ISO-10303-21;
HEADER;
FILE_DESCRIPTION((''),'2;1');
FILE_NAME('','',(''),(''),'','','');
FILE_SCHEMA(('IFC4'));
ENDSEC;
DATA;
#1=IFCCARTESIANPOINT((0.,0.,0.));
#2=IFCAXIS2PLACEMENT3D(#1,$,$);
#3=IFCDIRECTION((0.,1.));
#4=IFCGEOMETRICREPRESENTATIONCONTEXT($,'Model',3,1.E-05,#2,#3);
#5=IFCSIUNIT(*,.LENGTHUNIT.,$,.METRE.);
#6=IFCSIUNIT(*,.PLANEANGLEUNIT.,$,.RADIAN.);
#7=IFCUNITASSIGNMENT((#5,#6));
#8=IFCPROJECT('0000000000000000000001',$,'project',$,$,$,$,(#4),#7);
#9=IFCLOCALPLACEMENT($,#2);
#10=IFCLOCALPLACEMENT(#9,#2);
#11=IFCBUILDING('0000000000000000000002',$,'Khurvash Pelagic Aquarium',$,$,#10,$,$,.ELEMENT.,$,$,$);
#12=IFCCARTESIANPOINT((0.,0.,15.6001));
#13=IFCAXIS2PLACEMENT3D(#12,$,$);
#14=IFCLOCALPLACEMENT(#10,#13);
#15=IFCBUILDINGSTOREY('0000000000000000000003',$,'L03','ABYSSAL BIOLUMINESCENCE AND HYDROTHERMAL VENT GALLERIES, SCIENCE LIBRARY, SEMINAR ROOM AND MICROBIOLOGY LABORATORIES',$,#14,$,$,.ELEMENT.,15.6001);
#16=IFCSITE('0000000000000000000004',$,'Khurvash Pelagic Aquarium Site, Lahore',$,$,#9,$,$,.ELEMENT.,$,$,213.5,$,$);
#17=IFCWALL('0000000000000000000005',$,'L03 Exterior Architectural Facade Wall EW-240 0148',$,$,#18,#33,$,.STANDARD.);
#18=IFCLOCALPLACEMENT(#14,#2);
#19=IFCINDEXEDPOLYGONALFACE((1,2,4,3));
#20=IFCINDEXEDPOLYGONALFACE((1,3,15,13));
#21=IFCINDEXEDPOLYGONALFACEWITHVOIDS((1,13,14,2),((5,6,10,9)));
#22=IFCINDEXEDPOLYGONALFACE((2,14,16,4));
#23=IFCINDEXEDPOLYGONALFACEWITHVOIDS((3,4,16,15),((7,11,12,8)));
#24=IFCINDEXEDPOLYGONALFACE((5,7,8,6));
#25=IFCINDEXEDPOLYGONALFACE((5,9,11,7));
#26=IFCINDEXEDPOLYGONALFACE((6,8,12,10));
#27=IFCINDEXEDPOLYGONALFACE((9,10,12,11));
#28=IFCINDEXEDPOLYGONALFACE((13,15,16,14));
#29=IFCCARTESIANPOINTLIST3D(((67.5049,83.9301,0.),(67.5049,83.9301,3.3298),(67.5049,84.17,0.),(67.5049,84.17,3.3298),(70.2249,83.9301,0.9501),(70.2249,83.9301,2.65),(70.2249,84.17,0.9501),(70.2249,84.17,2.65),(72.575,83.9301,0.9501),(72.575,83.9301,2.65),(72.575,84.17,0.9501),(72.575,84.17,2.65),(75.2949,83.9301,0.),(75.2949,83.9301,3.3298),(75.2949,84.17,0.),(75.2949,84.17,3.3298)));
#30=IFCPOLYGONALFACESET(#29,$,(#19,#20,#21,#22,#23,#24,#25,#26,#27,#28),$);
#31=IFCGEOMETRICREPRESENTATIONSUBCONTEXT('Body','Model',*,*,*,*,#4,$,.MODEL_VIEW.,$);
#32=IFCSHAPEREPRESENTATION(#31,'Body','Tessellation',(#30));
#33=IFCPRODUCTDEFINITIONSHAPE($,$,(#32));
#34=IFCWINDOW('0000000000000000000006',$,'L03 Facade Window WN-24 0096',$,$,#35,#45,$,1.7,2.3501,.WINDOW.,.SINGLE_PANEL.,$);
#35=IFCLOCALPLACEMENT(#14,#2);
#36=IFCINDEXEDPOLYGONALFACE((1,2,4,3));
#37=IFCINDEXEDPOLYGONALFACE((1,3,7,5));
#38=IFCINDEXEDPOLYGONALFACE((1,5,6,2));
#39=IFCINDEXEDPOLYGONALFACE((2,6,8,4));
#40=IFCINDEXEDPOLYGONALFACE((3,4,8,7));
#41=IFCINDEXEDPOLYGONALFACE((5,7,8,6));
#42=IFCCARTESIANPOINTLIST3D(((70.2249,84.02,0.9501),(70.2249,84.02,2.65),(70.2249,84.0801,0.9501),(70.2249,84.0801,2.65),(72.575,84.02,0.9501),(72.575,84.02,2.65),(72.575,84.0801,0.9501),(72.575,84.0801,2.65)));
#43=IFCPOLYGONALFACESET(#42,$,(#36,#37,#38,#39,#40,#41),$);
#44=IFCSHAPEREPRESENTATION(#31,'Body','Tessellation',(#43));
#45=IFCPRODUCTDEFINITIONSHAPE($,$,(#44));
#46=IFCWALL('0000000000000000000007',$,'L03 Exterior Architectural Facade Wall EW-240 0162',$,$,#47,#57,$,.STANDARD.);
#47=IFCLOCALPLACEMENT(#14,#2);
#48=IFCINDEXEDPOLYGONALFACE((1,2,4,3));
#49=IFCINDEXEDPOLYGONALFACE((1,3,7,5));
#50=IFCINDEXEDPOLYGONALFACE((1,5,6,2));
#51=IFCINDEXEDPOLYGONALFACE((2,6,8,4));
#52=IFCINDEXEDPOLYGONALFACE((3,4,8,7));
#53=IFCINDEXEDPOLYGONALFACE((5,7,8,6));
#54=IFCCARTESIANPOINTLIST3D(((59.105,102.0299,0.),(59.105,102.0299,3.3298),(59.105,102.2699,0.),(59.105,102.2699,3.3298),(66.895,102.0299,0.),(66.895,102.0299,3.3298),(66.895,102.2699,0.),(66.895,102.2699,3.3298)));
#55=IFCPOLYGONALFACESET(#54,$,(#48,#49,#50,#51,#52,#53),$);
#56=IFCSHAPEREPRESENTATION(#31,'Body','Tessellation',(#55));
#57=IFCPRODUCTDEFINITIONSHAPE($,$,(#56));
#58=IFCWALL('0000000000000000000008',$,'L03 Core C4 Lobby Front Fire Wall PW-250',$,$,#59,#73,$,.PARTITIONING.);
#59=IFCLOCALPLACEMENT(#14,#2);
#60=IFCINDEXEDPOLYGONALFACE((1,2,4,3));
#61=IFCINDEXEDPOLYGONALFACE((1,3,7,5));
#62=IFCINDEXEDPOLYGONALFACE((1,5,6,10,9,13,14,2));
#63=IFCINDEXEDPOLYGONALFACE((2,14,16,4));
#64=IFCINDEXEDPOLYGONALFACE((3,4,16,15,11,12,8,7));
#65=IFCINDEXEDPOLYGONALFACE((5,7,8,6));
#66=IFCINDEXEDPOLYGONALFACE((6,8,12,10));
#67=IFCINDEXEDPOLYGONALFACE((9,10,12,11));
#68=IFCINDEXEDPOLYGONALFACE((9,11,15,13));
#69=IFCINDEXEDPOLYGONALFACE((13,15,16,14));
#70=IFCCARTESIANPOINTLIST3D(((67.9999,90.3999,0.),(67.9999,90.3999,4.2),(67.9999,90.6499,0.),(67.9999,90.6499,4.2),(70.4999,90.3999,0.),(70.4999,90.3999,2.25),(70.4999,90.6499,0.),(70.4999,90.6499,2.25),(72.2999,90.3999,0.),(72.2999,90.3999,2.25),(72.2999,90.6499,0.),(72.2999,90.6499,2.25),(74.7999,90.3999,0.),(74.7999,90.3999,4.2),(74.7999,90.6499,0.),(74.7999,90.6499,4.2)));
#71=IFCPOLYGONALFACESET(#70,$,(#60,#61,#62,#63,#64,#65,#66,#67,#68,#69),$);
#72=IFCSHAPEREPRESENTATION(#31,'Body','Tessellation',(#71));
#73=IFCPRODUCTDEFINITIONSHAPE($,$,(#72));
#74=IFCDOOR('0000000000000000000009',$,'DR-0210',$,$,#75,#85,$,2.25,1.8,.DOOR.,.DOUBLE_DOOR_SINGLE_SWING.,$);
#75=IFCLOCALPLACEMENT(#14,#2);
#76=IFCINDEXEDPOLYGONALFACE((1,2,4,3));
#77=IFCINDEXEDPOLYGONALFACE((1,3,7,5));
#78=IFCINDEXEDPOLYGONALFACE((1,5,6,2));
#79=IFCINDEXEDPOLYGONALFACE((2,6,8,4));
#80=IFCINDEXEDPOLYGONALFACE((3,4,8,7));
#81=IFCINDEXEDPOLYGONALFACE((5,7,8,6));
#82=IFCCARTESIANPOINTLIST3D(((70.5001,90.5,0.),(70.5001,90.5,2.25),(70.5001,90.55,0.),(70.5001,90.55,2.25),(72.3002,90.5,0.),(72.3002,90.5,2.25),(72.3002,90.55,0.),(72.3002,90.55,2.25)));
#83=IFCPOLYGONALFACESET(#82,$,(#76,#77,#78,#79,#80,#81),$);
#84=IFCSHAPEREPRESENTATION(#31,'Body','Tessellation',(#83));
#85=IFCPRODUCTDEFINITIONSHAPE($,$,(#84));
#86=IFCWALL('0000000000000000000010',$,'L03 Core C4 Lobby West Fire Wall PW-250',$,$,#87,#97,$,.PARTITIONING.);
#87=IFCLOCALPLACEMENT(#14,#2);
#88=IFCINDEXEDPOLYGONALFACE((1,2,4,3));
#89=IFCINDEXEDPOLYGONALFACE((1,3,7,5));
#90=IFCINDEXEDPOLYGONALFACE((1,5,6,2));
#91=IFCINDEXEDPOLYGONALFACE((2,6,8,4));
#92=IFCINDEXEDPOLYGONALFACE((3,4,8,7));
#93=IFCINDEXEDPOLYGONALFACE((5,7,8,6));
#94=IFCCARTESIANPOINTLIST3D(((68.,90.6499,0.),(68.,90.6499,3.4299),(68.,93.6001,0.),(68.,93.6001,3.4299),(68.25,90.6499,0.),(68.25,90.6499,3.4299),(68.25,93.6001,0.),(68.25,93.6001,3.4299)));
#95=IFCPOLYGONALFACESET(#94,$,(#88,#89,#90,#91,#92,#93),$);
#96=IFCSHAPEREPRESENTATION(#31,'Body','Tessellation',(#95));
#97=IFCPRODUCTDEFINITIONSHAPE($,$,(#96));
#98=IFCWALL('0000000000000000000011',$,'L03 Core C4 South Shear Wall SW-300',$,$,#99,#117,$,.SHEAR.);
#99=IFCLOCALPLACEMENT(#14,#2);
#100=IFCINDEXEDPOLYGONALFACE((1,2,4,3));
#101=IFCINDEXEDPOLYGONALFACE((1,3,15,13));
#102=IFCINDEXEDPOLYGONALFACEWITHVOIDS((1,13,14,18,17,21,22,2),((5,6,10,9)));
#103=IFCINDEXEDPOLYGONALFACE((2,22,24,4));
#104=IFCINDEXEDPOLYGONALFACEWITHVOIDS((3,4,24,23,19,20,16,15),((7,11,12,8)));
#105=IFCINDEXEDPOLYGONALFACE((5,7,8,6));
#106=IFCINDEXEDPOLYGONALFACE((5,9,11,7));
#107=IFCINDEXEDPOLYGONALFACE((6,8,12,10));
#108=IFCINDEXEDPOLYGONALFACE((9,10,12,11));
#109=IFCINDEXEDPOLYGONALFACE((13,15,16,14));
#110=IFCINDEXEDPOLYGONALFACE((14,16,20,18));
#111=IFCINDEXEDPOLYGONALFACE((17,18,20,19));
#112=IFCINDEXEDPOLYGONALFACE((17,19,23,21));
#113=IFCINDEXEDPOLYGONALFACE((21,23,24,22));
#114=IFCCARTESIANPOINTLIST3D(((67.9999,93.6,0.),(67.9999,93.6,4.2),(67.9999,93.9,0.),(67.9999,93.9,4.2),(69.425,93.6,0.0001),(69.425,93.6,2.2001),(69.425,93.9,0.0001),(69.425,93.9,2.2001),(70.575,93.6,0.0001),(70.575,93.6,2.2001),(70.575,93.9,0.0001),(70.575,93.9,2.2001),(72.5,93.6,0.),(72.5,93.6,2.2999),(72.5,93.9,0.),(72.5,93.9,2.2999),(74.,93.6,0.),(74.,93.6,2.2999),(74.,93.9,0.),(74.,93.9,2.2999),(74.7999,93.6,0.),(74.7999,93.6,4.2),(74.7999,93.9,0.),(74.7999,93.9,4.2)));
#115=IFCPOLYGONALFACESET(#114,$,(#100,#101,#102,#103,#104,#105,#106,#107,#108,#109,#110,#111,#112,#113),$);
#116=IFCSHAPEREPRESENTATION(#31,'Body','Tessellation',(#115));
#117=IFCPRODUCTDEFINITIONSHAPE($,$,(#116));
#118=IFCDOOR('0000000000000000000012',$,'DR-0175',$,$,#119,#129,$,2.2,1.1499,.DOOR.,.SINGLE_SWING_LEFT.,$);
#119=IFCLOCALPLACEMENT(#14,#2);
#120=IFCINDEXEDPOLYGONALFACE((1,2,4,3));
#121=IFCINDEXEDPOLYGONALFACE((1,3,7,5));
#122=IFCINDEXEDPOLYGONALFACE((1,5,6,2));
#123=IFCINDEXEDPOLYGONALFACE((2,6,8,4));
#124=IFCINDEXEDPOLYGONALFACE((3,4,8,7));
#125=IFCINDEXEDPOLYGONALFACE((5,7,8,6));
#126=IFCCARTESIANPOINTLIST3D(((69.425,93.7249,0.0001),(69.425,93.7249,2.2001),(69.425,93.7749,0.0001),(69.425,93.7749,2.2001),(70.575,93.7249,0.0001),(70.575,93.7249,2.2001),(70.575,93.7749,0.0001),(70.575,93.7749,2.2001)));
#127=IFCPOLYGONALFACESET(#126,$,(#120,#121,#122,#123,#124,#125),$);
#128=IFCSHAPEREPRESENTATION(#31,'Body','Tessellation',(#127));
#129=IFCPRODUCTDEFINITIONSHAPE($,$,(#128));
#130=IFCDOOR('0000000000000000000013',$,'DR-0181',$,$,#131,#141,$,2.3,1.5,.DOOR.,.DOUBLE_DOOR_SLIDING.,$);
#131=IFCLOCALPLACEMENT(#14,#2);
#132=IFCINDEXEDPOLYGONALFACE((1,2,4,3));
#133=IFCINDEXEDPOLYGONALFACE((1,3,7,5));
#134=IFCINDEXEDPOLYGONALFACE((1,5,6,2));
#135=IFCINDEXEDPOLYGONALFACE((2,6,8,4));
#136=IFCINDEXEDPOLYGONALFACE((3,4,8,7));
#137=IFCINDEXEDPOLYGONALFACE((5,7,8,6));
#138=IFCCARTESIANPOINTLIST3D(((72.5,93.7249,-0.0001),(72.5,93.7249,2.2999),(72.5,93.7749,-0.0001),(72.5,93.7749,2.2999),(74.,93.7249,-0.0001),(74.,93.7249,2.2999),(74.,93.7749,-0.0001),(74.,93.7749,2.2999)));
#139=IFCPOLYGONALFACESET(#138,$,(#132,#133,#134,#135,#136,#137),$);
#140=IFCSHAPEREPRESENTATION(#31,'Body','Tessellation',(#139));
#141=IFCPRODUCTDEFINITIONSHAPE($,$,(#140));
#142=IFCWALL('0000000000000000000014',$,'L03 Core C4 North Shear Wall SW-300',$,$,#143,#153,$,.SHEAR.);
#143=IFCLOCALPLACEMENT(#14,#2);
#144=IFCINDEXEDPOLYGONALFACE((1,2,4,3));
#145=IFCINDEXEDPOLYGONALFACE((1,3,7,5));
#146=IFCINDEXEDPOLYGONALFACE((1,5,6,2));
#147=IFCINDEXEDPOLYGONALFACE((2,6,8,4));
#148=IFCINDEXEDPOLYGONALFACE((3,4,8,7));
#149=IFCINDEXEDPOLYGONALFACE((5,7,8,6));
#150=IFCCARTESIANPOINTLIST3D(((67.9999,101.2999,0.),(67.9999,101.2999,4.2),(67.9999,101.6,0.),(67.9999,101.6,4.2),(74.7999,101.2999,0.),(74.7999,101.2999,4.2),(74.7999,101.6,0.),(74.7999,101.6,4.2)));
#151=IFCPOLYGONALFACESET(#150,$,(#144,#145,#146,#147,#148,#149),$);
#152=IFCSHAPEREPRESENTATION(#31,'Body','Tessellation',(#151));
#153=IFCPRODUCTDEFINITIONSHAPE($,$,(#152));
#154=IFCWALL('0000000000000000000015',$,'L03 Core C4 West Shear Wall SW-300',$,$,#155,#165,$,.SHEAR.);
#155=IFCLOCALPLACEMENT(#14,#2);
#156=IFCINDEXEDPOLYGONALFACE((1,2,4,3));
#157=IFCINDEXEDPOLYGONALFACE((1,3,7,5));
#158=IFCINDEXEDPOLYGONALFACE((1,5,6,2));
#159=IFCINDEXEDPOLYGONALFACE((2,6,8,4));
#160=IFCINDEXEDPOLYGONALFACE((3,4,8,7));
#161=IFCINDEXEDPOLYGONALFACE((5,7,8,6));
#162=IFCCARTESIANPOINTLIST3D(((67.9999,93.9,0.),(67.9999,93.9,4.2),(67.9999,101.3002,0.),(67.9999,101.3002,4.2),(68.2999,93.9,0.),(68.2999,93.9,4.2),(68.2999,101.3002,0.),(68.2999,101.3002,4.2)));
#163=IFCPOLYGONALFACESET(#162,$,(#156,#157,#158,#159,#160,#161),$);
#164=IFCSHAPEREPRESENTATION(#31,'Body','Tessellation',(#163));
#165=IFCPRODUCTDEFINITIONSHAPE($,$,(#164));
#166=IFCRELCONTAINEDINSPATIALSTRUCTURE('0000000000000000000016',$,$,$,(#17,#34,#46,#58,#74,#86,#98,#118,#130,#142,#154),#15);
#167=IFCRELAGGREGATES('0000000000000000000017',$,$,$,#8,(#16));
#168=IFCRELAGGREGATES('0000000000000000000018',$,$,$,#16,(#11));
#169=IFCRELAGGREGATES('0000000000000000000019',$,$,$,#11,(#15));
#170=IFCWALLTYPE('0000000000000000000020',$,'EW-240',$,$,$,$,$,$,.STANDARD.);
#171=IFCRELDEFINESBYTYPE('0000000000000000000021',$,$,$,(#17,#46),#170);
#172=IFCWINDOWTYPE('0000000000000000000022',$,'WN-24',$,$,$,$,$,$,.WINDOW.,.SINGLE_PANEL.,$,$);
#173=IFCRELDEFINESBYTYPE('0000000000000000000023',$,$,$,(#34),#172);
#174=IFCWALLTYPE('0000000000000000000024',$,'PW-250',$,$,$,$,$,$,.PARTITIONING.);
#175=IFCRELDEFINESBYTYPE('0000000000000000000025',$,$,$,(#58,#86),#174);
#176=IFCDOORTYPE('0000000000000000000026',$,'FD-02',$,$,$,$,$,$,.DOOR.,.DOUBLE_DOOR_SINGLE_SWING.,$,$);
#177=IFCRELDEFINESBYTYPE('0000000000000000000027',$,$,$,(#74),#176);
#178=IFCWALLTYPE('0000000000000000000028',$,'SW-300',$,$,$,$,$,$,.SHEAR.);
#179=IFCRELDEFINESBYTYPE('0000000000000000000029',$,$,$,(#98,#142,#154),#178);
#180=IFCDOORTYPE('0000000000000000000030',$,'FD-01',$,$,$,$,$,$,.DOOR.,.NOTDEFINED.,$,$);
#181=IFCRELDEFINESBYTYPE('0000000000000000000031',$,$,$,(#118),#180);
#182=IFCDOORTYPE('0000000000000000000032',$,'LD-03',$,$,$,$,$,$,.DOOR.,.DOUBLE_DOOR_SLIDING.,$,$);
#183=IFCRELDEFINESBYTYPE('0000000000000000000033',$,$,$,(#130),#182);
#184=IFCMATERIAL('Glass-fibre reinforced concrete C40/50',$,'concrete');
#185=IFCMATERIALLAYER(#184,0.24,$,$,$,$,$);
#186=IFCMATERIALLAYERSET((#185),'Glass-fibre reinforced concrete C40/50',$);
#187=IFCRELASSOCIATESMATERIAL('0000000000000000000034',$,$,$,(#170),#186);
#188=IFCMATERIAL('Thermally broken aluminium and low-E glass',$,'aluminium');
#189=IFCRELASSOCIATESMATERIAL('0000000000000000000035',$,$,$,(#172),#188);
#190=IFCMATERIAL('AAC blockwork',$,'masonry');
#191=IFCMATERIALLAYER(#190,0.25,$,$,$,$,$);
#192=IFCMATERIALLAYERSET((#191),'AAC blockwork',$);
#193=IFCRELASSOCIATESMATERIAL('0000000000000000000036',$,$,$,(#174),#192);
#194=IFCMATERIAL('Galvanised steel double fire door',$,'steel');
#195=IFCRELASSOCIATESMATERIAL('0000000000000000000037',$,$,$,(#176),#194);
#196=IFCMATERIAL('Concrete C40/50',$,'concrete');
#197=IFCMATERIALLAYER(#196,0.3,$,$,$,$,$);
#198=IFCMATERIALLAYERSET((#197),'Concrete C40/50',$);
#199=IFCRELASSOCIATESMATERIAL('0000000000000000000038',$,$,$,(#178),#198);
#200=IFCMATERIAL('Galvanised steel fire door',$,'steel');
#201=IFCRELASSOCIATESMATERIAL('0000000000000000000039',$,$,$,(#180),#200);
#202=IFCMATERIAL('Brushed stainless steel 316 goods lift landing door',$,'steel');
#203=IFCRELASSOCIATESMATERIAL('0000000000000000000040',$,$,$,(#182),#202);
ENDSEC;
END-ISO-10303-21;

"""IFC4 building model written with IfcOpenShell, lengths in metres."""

from ifc_helpers import new_model, si_unit, direction, frame, frame_2d, origin, place, context, subcontext, project, spatial, rectangle, extrude, material, layer, layer_set, type_object, element, fill, save


model = new_model("IFC4")

# Units and contexts
model_context = context("Model", 3, precision=1e-05, world=origin(), true_north=direction((0.0, 1.0)))
body_context = subcontext(model_context, "Body", "Model", "MODEL_VIEW")
ifc_project = project(units=[si_unit("LENGTHUNIT", "METRE"), si_unit("PLANEANGLEUNIT", "RADIAN")], contexts=[model_context])

# Site, building, storey
site_placement = place(None, origin())
site = spatial("IfcSite", under=ifc_project, at=site_placement, Name="Khurvash Pelagic Aquarium Site, Lahore", CompositionType="ELEMENT", RefElevation=213.5)
building_placement = place(site_placement, origin())
building = spatial("IfcBuilding", under=site, at=building_placement, Name="Khurvash Pelagic Aquarium", CompositionType="ELEMENT")
storey_placement = place(building_placement, frame((0.0, 0.0, 15.6001)))
storey = spatial("IfcBuildingStorey", under=building, at=storey_placement, Name="L03", Description="ABYSSAL BIOLUMINESCENCE AND HYDROTHERMAL VENT GALLERIES, SCIENCE LIBRARY, SEMINAR ROOM AND MICROBIOLOGY LABORATORIES", CompositionType="ELEMENT", Elevation=15.6001)

# Shared definitions
ifc_material_1 = material(Name="Concrete C40/50", Category="concrete")

# Wall, opening, window
ifc_material_2 = material(Name="Glass-fibre reinforced concrete C40/50", Category="concrete")
ifc_layer_1 = layer(ifc_material_2, 0.24)
ifc_layer_set_1 = layer_set([ifc_layer_1], Name="Glass-fibre reinforced concrete C40/50")
wall_type_1 = type_object("IfcWallType", Name="EW-240", PredefinedType="STANDARD", material=ifc_layer_set_1)
wall_1_placement = place(storey_placement, frame((67.5049, 84.05, 0.0), z_axis=(0.0, 0.0, 1.0), x_axis=(1.0, 0.0, 0.0)))
wall_1 = element("IfcWall", 1, at=wall_1_placement, inside=storey, type_object=wall_type_1, Name="L03 Exterior Architectural Facade Wall EW-240 0148", PredefinedType="STANDARD", context=body_context, shape_type="SweptSolid", body=[
    extrude(rectangle(XDim=7.79, YDim=0.24, at=frame_2d((3.895, 0.0))), origin(), (0.0, 0.0, 1.0), 3.3298),
])
opening_1_placement = place(wall_1_placement, frame((2.72, 0.0, 0.95)))
opening_1 = element("IfcOpeningElement", 2, at=opening_1_placement, cuts=wall_1, PredefinedType="OPENING", context=body_context, shape_type="SweptSolid", body=[
    extrude(rectangle(XDim=2.3501, YDim=1.7, at=frame_2d((1.175, 0.8501))), frame((0.0, 0.1299, 0.0), z_axis=(0.0, -1.0, 0.0), x_axis=(1.0, 0.0, 0.0)), (0.0, 0.0, 1.0), 0.26),
])
ifc_material_3 = material(Name="Thermally broken aluminium and low-E glass", Category="aluminium")
window_type = type_object("IfcWindowType", Name="WN-24", PartitioningType="SINGLE_PANEL", PredefinedType="WINDOW", material=ifc_material_3)
window_placement = place(opening_1_placement, origin())
window = element("IfcWindow", 3, at=window_placement, inside=storey, type_object=window_type, Name="L03 Facade Window WN-24 0096", OverallHeight=1.7, OverallWidth=2.3501, PartitioningType="SINGLE_PANEL", PredefinedType="WINDOW", context=body_context, shape_type="SweptSolid", body=[
    extrude(rectangle(XDim=2.3501, YDim=1.7, at=frame_2d((1.175, 0.8501))), frame((0.0, 0.03, 0.0), z_axis=(0.0, -1.0, 0.0), x_axis=(1.0, 0.0, 0.0)), (0.0, 0.0, 1.0), 0.0601),
])
fill(opening_1, window)

# Wall
wall_2_placement = place(storey_placement, frame((66.895, 102.1499, 0.0), z_axis=(0.0, 0.0, 1.0), x_axis=(-1.0, 0.0, 0.0)))
element("IfcWall", 4, at=wall_2_placement, inside=storey, type_object=wall_type_1, Name="L03 Exterior Architectural Facade Wall EW-240 0162", PredefinedType="STANDARD", context=body_context, shape_type="SweptSolid", body=[
    extrude(rectangle(XDim=7.79, YDim=0.24, at=frame_2d((3.895, 0.0))), origin(), (0.0, 0.0, 1.0), 3.3298),
])

# Wall, opening, door
ifc_material_4 = material(Name="AAC blockwork", Category="masonry")
ifc_layer_2 = layer(ifc_material_4, 0.25)
ifc_layer_set_2 = layer_set([ifc_layer_2], Name="AAC blockwork")
wall_type_2 = type_object("IfcWallType", Name="PW-250", PredefinedType="PARTITIONING", material=ifc_layer_set_2)
wall_3_placement = place(storey_placement, frame((68.0, 90.5249, 0.0), z_axis=(0.0, 0.0, 1.0), x_axis=(1.0, 0.0, 0.0)))
wall_3 = element("IfcWall", 5, at=wall_3_placement, inside=storey, type_object=wall_type_2, Name="L03 Core C4 Lobby Front Fire Wall PW-250", PredefinedType="PARTITIONING", context=body_context, shape_type="SweptSolid", body=[
    extrude(rectangle(XDim=6.8, YDim=0.25, at=frame_2d((3.3999, 0.0))), origin(), (0.0, 0.0, 1.0), 4.2),
])
opening_2_placement = place(wall_3_placement, frame((2.5, 0.0, 0.0)))
opening_2 = element("IfcOpeningElement", 6, at=opening_2_placement, cuts=wall_3, PredefinedType="OPENING", context=body_context, shape_type="SweptSolid", body=[
    extrude(rectangle(XDim=1.8, YDim=2.25, at=frame_2d((0.8999, 1.125))), frame((0.0, 0.135, 0.0), z_axis=(0.0, -1.0, 0.0), x_axis=(1.0, 0.0, 0.0)), (0.0, 0.0, 1.0), 0.27),
])
ifc_material_5 = material(Name="Galvanised steel double fire door", Category="steel")
door_type_1 = type_object("IfcDoorType", Name="FD-02", OperationType="DOUBLE_DOOR_SINGLE_SWING", PredefinedType="DOOR", material=ifc_material_5)
door_1_placement = place(opening_2_placement, frame((1.8, 0.0, 0.0), z_axis=(0.0, 0.0, 1.0), x_axis=(-1.0, 0.0, 0.0)))
door_1 = element("IfcDoor", 7, at=door_1_placement, inside=storey, type_object=door_type_1, Name="DR-0210", OperationType="DOUBLE_DOOR_SINGLE_SWING", OverallHeight=2.25, OverallWidth=1.8, PredefinedType="DOOR", context=body_context, shape_type="SweptSolid", body=[
    extrude(rectangle(XDim=1.8, YDim=2.25, at=frame_2d((0.8999, 1.125))), frame((0.0, 0.0249, 0.0), z_axis=(0.0, -1.0, 0.0), x_axis=(1.0, 0.0, 0.0)), (0.0, 0.0, 1.0), 0.05),
])
fill(opening_2, door_1)

# Wall
wall_4_placement = place(storey_placement, frame((68.125, 90.6499, 0.0), z_axis=(0.0, 0.0, 1.0), x_axis=(0.0, 1.0, 0.0)))
element("IfcWall", 8, at=wall_4_placement, inside=storey, type_object=wall_type_2, Name="L03 Core C4 Lobby West Fire Wall PW-250", PredefinedType="PARTITIONING", context=body_context, shape_type="SweptSolid", body=[
    extrude(rectangle(XDim=2.9502, YDim=0.25, at=frame_2d((1.4751, 0.0))), origin(), (0.0, 0.0, 1.0), 3.4299),
])

# Wall, openings, doors
ifc_layer_3 = layer(ifc_material_1, 0.3)
ifc_layer_set_3 = layer_set([ifc_layer_3], Name="Concrete C40/50")
wall_type_3 = type_object("IfcWallType", Name="SW-300", PredefinedType="SHEAR", material=ifc_layer_set_3)
wall_5_placement = place(storey_placement, frame((68.0, 93.75, 0.0), z_axis=(0.0, 0.0, 1.0), x_axis=(1.0, 0.0, 0.0)))
wall_5 = element("IfcWall", 9, at=wall_5_placement, inside=storey, type_object=wall_type_3, Name="L03 Core C4 South Shear Wall SW-300", PredefinedType="SHEAR", context=body_context, shape_type="SweptSolid", body=[
    extrude(rectangle(XDim=6.8, YDim=0.3, at=frame_2d((3.3999, 0.0))), origin(), (0.0, 0.0, 1.0), 4.2),
])
opening_3_placement = place(wall_5_placement, frame((1.425, 0.0, 0.0)))
opening_3 = element("IfcOpeningElement", 10, at=opening_3_placement, cuts=wall_5, PredefinedType="OPENING", context=body_context, shape_type="SweptSolid", body=[
    extrude(rectangle(XDim=1.1499, YDim=2.2, at=frame_2d((0.575, 1.1001))), frame((0.0, 0.1602, 0.0), z_axis=(0.0, -1.0, 0.0), x_axis=(1.0, 0.0, 0.0)), (0.0, 0.0, 1.0), 0.3201),
])
opening_4_placement = place(wall_5_placement, frame((4.5, 0.0, 0.0)))
opening_4 = element("IfcOpeningElement", 11, at=opening_4_placement, cuts=wall_5, PredefinedType="OPENING", context=body_context, shape_type="SweptSolid", body=[
    extrude(rectangle(XDim=1.5, YDim=2.3, at=frame_2d((0.75, 1.1499))), frame((0.0, 0.1602, 0.0), z_axis=(0.0, -1.0, 0.0), x_axis=(1.0, 0.0, 0.0)), (0.0, 0.0, 1.0), 0.3201),
])
ifc_material_6 = material(Name="Galvanised steel fire door", Category="steel")
door_type_2 = type_object("IfcDoorType", Name="FD-01", OperationType="NOTDEFINED", PredefinedType="DOOR", material=ifc_material_6)
door_2_placement = place(opening_3_placement, origin())
door_2 = element("IfcDoor", 12, at=door_2_placement, inside=storey, type_object=door_type_2, Name="DR-0175", OperationType="SINGLE_SWING_LEFT", OverallHeight=2.2, OverallWidth=1.1499, PredefinedType="DOOR", context=body_context, shape_type="SweptSolid", body=[
    extrude(rectangle(XDim=1.1499, YDim=2.2, at=frame_2d((0.575, 1.1001))), frame((0.0, 0.0249, 0.0), z_axis=(0.0, -1.0, 0.0), x_axis=(1.0, 0.0, 0.0)), (0.0, 0.0, 1.0), 0.05),
])
fill(opening_3, door_2)
ifc_material_7 = material(Name="Brushed stainless steel 316 goods lift landing door", Category="steel")
door_type_3 = type_object("IfcDoorType", Name="LD-03", OperationType="DOUBLE_DOOR_SLIDING", PredefinedType="DOOR", material=ifc_material_7)
door_3_placement = place(opening_4_placement, origin())
door_3 = element("IfcDoor", 13, at=door_3_placement, inside=storey, type_object=door_type_3, Name="DR-0181", OperationType="DOUBLE_DOOR_SLIDING", OverallHeight=2.3, OverallWidth=1.5, PredefinedType="DOOR", context=body_context, shape_type="SweptSolid", body=[
    extrude(rectangle(XDim=1.5, YDim=2.3, at=frame_2d((0.75, 1.1499))), frame((0.0, 0.0249, 0.0), z_axis=(0.0, -1.0, 0.0), x_axis=(1.0, 0.0, 0.0)), (0.0, 0.0, 1.0), 0.05),
])
fill(opening_4, door_3)

# Walls
wall_6_placement = place(storey_placement, frame((68.0, 101.45, 0.0), z_axis=(0.0, 0.0, 1.0), x_axis=(1.0, 0.0, 0.0)))
element("IfcWall", 14, at=wall_6_placement, inside=storey, type_object=wall_type_3, Name="L03 Core C4 North Shear Wall SW-300", PredefinedType="SHEAR", context=body_context, shape_type="SweptSolid", body=[
    extrude(rectangle(XDim=6.8, YDim=0.3, at=frame_2d((3.3999, 0.0))), origin(), (0.0, 0.0, 1.0), 4.2),
])
wall_7_placement = place(storey_placement, frame((68.1499, 93.8999, 0.0), z_axis=(0.0, 0.0, 1.0), x_axis=(0.0, 1.0, 0.0)))
element("IfcWall", 15, at=wall_7_placement, inside=storey, type_object=wall_type_3, Name="L03 Core C4 West Shear Wall SW-300", PredefinedType="SHEAR", context=body_context, shape_type="SweptSolid", body=[
    extrude(rectangle(XDim=7.4001, YDim=0.3, at=frame_2d((3.7002, 0.0))), origin(), (0.0, 0.0, 1.0), 4.2),
])

save(model, "model.ifc")
